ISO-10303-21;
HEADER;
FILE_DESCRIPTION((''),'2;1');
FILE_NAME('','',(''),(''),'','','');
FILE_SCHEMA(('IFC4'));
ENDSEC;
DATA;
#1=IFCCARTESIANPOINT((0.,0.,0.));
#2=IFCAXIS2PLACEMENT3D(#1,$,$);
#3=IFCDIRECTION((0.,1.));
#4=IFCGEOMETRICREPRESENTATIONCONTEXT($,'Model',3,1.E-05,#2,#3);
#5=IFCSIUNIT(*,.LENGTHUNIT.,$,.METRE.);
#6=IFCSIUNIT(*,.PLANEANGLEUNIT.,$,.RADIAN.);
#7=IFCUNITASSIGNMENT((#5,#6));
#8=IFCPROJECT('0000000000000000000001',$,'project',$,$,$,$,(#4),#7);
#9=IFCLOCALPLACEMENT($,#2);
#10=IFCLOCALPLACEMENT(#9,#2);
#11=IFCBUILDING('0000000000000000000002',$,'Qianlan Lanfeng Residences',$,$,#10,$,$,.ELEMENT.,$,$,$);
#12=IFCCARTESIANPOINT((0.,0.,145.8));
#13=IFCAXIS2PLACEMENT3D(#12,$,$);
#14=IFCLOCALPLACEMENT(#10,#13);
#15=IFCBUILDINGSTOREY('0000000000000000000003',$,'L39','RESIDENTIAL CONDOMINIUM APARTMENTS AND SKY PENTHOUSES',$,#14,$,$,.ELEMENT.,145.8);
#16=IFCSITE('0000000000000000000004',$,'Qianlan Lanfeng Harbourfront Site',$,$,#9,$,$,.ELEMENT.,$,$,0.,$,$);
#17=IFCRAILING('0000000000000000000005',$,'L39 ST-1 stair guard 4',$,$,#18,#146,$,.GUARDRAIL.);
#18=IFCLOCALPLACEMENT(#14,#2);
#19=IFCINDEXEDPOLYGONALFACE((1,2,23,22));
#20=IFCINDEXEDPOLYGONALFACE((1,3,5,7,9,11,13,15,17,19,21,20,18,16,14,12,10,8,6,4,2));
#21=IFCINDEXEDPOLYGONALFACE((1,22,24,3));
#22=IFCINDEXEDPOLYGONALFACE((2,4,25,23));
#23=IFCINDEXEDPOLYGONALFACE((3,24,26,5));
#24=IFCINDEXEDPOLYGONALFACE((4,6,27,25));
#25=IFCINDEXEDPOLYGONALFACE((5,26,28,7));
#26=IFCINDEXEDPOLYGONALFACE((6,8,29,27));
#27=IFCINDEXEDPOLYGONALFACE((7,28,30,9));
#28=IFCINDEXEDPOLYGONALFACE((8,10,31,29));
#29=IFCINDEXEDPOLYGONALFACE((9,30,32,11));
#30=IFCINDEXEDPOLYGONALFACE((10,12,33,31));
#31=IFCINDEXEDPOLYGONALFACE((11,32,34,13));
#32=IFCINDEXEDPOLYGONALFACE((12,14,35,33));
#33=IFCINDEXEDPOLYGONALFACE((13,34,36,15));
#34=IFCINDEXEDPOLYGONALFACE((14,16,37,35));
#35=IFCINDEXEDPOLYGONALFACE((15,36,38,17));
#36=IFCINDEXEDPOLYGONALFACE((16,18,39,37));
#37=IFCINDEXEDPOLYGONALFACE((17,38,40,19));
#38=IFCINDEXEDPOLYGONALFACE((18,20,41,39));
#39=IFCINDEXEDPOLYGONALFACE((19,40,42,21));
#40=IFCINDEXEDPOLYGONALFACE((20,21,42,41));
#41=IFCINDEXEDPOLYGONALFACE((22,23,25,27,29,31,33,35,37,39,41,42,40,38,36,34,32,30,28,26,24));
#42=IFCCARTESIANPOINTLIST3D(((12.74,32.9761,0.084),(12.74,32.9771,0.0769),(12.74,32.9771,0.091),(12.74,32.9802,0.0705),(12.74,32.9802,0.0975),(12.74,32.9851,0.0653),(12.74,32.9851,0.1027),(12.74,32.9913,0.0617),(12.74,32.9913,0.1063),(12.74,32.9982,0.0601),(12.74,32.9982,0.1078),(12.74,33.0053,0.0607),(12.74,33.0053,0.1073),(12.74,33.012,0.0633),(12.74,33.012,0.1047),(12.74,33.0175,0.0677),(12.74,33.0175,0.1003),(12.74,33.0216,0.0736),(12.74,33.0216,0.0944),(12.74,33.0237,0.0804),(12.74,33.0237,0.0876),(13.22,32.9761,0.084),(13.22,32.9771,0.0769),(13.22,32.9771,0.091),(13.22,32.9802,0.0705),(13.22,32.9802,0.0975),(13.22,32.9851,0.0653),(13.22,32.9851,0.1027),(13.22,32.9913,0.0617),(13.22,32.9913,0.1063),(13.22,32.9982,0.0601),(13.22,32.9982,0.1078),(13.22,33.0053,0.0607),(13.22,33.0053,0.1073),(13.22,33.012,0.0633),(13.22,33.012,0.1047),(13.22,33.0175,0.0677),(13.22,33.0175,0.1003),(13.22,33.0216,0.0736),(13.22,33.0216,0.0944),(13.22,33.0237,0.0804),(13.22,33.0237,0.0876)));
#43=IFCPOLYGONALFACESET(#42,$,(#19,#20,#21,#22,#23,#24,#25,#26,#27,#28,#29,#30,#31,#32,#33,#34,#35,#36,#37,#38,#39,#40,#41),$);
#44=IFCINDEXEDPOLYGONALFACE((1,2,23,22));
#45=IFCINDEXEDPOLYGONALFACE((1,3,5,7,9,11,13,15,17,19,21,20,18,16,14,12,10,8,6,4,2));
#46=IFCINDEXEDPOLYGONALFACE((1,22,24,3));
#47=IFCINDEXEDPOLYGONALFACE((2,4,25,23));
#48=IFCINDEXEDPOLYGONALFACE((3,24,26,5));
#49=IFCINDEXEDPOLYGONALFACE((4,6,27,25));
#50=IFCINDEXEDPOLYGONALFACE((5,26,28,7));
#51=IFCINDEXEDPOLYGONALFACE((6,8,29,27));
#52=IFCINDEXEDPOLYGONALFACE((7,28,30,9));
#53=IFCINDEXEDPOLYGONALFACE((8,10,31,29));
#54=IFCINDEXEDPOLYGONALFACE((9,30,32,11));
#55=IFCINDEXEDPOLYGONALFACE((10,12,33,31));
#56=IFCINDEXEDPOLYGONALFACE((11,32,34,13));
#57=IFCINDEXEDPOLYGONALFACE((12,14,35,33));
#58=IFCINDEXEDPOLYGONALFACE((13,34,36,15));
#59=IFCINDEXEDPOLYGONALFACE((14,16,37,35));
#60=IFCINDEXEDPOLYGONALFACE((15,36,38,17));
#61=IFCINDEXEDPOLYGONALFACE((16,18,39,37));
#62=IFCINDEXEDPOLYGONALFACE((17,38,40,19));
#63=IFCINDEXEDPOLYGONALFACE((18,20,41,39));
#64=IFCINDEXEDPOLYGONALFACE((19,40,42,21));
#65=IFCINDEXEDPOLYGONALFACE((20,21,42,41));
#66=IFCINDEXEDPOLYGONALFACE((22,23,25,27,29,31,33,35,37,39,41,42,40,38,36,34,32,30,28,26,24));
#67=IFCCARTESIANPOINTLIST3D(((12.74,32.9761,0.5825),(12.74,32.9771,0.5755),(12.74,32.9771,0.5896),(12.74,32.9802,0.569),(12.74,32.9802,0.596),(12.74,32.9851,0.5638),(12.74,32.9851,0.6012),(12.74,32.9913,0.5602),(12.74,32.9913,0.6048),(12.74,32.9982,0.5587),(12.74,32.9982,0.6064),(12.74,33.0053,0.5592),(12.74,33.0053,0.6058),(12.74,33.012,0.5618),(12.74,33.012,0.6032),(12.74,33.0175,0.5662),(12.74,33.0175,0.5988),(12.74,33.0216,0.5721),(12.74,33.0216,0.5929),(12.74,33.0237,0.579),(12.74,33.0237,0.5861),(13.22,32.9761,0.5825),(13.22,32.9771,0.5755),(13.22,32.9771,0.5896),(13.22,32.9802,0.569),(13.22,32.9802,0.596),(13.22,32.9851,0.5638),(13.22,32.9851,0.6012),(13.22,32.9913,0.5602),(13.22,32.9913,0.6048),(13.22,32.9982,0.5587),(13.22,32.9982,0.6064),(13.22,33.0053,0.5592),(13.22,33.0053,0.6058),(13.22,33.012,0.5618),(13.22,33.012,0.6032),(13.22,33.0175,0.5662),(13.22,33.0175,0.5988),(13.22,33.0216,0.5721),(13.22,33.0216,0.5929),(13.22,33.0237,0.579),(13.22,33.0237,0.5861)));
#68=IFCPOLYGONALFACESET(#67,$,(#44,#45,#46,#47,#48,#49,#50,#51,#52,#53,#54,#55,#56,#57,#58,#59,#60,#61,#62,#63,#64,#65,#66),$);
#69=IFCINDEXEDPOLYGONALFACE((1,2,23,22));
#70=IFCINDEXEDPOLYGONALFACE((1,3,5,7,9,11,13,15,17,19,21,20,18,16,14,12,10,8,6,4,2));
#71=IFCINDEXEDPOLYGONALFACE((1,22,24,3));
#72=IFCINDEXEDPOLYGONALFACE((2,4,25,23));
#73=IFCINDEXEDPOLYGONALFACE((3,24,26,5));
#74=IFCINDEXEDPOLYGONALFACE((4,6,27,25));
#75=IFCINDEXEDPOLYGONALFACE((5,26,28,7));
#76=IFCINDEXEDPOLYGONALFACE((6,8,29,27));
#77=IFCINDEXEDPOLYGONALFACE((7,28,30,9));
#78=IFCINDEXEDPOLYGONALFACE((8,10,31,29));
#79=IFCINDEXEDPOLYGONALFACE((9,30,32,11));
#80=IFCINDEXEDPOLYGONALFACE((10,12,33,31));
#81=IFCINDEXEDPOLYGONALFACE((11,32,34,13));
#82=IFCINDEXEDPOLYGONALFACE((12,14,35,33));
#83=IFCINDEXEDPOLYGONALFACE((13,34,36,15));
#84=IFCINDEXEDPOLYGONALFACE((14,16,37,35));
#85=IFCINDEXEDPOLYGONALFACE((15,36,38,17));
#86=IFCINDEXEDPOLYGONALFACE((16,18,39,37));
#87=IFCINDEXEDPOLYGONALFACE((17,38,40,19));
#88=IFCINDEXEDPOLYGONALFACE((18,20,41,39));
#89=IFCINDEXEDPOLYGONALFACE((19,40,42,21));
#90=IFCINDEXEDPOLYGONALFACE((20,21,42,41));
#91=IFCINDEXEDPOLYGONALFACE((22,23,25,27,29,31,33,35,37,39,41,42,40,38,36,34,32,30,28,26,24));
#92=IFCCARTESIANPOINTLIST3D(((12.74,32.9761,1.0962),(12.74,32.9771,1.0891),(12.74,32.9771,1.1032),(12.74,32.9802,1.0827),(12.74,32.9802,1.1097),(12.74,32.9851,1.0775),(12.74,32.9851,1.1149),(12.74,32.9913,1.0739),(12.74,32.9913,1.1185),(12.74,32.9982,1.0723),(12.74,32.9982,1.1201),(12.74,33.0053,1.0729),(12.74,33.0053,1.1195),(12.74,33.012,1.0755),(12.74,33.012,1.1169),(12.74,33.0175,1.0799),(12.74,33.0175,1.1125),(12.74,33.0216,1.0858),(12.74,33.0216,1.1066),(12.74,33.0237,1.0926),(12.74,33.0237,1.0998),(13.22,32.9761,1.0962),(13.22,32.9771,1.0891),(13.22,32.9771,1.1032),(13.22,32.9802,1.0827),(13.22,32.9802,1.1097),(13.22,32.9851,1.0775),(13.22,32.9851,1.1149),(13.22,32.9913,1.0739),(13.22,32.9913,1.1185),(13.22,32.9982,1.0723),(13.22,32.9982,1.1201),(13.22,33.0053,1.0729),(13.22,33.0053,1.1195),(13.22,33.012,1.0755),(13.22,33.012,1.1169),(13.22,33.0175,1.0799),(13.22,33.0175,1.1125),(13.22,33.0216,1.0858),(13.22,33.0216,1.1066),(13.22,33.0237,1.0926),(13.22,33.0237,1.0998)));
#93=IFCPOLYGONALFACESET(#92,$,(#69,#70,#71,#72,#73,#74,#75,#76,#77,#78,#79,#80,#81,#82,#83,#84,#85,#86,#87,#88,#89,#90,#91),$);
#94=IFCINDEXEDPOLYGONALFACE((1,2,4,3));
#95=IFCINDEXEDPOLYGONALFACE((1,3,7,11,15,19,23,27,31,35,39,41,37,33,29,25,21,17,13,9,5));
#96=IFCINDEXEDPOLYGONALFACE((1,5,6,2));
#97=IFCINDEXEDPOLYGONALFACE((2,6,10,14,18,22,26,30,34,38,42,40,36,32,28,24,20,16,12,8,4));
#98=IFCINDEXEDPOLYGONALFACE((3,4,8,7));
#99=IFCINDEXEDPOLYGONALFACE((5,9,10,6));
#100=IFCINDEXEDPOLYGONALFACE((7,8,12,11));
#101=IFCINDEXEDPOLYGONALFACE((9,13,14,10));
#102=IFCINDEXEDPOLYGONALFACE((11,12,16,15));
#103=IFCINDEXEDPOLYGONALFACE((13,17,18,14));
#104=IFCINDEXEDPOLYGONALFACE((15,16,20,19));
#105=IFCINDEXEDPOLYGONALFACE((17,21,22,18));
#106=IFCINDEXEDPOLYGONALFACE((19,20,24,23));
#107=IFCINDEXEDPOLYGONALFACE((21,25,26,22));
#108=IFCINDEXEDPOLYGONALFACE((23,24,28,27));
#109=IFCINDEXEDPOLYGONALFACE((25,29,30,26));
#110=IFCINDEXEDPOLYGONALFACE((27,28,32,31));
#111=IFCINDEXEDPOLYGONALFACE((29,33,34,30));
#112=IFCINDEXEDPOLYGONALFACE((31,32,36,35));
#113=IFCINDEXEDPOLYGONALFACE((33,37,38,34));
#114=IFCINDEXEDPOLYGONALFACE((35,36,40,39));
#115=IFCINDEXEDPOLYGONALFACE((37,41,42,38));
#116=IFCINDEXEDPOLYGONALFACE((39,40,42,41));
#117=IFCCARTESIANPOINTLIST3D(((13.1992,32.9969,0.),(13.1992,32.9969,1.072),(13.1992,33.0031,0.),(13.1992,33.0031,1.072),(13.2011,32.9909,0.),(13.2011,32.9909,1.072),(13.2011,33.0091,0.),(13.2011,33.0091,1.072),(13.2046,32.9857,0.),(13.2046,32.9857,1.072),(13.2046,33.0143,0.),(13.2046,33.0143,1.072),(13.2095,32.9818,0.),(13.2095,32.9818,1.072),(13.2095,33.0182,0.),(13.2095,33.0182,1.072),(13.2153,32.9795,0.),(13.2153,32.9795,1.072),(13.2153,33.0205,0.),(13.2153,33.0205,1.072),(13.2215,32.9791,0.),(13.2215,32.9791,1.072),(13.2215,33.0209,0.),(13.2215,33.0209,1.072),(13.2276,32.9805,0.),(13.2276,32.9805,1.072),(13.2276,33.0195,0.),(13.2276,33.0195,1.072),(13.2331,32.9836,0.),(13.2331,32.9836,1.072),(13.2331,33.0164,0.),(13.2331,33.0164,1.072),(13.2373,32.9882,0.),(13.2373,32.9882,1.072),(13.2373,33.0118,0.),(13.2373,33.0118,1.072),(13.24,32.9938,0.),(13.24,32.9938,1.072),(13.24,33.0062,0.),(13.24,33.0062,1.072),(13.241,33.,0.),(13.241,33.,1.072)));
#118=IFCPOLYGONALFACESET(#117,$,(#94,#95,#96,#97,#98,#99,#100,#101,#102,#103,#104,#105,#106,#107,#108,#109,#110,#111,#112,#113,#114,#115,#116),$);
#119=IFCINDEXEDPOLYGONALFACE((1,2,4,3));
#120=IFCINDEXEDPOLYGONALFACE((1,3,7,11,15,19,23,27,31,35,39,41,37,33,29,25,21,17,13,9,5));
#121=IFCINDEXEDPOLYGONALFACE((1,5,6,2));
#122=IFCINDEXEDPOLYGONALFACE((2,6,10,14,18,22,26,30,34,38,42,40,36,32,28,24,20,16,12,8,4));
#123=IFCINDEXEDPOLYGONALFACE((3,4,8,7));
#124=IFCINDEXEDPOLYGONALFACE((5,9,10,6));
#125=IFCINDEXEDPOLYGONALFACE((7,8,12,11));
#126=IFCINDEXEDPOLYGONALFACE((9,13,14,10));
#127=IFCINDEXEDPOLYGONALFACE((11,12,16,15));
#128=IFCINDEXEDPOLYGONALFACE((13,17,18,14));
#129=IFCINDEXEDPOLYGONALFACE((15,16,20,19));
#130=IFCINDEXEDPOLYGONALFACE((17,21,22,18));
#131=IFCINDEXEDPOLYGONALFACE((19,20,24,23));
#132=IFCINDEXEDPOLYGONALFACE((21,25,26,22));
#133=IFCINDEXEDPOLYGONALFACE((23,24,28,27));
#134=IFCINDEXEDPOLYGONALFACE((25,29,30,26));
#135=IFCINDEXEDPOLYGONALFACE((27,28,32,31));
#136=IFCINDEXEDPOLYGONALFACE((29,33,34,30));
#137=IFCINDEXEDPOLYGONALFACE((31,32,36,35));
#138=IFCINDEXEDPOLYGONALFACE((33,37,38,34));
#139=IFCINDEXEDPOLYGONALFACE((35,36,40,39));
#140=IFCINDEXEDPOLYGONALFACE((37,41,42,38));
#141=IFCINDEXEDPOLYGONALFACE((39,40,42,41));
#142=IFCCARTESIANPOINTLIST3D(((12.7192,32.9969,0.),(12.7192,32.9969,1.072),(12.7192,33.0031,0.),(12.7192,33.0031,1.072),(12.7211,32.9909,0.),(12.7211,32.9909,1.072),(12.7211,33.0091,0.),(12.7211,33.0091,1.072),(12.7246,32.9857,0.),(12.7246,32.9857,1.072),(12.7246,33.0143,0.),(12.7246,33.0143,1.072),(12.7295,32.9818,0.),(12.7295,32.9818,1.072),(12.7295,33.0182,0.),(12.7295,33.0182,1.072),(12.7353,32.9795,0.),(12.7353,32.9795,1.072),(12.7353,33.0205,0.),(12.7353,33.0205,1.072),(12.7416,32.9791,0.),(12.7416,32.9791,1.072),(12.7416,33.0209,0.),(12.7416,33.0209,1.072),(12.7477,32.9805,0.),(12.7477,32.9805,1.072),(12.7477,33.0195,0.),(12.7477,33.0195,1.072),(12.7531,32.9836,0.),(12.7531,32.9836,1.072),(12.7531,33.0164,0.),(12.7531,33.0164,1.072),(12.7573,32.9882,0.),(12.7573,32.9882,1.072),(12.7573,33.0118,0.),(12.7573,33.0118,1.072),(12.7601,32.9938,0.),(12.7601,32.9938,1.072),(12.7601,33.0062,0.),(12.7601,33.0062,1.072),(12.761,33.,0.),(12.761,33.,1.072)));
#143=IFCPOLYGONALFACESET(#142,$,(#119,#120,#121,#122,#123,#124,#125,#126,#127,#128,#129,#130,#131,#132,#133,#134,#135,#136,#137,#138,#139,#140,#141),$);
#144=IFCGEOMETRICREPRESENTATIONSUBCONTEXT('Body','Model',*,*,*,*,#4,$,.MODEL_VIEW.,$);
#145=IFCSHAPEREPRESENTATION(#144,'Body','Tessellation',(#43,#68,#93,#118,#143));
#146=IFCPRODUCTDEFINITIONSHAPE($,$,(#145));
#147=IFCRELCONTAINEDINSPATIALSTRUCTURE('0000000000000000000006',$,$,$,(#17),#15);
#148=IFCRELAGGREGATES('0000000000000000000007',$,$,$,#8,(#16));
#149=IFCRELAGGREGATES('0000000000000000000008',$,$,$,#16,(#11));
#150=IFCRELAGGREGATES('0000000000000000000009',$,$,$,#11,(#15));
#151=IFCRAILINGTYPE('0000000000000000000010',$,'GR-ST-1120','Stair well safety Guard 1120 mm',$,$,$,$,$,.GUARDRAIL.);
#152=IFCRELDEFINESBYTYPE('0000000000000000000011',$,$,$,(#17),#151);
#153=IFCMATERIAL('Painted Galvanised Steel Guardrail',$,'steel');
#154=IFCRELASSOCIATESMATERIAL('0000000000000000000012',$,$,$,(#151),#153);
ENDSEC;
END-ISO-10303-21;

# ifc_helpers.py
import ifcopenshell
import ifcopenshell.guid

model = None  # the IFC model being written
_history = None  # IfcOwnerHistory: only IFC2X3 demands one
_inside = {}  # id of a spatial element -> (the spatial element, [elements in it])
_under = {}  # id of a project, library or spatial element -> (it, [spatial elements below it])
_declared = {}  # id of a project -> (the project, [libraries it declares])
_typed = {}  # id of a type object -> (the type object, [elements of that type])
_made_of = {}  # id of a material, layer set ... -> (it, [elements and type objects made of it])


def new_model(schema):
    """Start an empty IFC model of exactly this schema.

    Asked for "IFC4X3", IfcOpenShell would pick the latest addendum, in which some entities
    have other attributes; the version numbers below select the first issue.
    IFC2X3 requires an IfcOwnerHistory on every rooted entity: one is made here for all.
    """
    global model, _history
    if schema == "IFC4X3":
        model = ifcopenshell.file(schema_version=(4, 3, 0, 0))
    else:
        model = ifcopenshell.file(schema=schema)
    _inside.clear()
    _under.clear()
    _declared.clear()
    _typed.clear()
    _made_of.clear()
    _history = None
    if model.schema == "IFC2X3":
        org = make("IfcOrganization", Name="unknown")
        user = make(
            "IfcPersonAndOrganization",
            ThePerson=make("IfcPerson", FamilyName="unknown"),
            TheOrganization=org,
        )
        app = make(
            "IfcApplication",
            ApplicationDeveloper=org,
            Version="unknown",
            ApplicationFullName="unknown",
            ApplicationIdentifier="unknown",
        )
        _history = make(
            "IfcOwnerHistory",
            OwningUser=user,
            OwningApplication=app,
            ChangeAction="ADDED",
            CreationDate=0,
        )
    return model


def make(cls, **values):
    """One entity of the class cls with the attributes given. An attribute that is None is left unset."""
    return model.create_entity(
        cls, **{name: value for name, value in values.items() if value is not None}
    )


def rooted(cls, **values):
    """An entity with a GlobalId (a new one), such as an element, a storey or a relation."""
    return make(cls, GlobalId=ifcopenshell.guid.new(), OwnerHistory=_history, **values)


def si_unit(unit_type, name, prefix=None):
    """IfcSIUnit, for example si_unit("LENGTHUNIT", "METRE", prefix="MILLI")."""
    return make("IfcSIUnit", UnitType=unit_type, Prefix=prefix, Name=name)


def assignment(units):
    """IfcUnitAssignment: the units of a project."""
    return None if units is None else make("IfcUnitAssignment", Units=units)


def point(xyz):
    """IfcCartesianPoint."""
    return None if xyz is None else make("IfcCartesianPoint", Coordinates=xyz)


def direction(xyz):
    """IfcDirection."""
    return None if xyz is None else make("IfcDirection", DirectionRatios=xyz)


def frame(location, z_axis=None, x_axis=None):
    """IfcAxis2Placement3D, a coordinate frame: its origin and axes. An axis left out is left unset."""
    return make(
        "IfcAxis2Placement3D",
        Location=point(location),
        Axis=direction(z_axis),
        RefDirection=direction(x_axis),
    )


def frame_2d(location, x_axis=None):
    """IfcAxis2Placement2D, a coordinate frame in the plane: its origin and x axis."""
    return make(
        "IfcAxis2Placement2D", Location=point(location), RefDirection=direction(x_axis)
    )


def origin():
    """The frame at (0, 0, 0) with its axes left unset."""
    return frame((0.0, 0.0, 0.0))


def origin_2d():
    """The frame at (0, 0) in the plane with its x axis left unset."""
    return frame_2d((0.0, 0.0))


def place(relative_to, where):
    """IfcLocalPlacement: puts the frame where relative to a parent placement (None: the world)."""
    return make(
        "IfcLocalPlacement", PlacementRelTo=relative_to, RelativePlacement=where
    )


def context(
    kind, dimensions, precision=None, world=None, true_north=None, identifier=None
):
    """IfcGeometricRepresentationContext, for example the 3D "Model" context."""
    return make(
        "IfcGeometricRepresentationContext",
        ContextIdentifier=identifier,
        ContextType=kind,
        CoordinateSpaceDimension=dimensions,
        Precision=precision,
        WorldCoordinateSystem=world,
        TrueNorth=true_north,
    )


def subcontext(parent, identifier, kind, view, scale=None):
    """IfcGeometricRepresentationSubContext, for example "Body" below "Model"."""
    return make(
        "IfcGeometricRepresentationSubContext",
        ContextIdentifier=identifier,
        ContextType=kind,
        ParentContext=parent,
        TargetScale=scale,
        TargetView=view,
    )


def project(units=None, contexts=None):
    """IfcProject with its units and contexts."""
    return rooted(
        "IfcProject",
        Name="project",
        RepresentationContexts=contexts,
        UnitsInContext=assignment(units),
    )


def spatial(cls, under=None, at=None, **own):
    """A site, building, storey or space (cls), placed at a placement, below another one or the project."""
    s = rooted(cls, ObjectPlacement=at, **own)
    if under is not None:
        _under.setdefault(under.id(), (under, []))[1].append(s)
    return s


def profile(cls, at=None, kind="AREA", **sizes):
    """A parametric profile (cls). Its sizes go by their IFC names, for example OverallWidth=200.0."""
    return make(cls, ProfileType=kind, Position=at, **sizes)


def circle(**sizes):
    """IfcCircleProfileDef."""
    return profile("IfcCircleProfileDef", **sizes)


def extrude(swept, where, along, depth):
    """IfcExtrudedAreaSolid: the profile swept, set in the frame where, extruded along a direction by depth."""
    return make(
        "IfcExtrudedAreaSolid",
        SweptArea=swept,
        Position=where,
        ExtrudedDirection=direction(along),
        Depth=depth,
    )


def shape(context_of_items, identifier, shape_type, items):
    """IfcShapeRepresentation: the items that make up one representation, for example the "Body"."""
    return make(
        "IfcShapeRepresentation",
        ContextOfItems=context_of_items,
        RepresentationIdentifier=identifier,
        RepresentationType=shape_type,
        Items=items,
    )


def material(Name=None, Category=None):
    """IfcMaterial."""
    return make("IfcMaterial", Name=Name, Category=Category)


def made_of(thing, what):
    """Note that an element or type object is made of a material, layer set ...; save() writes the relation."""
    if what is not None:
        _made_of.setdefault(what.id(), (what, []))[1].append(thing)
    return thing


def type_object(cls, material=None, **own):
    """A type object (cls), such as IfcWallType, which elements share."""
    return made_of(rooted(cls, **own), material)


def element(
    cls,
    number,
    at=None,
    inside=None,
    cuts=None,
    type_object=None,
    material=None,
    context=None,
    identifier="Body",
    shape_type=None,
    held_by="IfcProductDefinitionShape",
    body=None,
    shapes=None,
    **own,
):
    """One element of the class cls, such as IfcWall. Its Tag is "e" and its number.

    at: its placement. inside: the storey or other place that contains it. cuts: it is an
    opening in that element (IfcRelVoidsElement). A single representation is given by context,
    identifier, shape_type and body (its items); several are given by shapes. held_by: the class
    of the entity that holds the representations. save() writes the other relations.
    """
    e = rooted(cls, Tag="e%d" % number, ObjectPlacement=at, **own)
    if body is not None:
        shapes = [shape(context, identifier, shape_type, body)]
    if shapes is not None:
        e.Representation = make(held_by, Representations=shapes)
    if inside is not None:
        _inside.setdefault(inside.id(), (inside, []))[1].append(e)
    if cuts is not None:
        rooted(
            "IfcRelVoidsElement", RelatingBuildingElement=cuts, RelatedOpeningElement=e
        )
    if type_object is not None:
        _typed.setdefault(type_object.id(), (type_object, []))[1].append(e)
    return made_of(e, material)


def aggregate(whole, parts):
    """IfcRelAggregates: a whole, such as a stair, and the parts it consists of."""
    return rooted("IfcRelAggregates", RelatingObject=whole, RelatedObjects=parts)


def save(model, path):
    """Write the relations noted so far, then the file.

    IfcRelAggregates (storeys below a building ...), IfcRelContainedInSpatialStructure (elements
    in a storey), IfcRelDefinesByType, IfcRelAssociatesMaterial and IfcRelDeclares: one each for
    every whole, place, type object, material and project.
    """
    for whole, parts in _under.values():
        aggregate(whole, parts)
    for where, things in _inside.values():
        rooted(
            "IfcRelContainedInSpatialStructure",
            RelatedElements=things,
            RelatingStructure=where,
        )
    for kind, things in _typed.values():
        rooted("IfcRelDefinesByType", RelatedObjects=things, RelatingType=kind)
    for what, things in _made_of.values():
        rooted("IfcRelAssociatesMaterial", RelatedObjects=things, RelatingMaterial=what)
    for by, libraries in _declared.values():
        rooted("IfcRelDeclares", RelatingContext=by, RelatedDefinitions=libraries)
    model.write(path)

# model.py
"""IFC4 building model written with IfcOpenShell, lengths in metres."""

from ifc_helpers import new_model, si_unit, direction, frame, origin, origin_2d, place, context, subcontext, project, spatial, circle, extrude, material, type_object, element, save


model = new_model("IFC4")

# Units and contexts
model_context = context("Model", 3, precision=1e-05, world=origin(), true_north=direction((0.0, 1.0)))
body_context = subcontext(model_context, "Body", "Model", "MODEL_VIEW")
ifc_project = project(units=[si_unit("LENGTHUNIT", "METRE"), si_unit("PLANEANGLEUNIT", "RADIAN")], contexts=[model_context])

# Site, building, storey
site_placement = place(None, origin())
site = spatial("IfcSite", under=ifc_project, at=site_placement, Name="Qianlan Lanfeng Harbourfront Site", CompositionType="ELEMENT", RefElevation=0.0)
building_placement = place(site_placement, origin())
building = spatial("IfcBuilding", under=site, at=building_placement, Name="Qianlan Lanfeng Residences", CompositionType="ELEMENT")
storey_placement = place(building_placement, frame((0.0, 0.0, 145.8)))
storey = spatial("IfcBuildingStorey", under=building, at=storey_placement, Name="L39", Description="RESIDENTIAL CONDOMINIUM APARTMENTS AND SKY PENTHOUSES", CompositionType="ELEMENT", Elevation=145.8)

# Railing
ifc_material_1 = material(Name="Painted Galvanised Steel Guardrail", Category="steel")
railing_type_1 = type_object("IfcRailingType", Name="GR-ST-1120", Description="Stair well safety Guard 1120 mm", PredefinedType="GUARDRAIL", material=ifc_material_1)
railing_1_placement = place(storey_placement, frame((13.22, 33.0, 0.0)))
element("IfcRailing", 1, at=railing_1_placement, inside=storey, type_object=railing_type_1, Name="L39 ST-1 stair guard 4", PredefinedType="GUARDRAIL", context=body_context, shape_type="SweptSolid", body=[
    extrude(circle(Radius=0.0239, at=origin_2d()), frame((0.0, 0.0, 0.084), z_axis=(-1.0, 0.0, 0.0), x_axis=(0.0, -1.0, 0.0)), (0.0, 0.0, 1.0), 0.48),
    extrude(circle(Radius=0.0239, at=origin_2d()), frame((0.0, 0.0, 0.5825), z_axis=(-1.0, 0.0, 0.0), x_axis=(0.0, -1.0, 0.0)), (0.0, 0.0, 1.0), 0.48),
    extrude(circle(Radius=0.0239, at=origin_2d()), frame((0.0, 0.0, 1.0962), z_axis=(-1.0, 0.0, 0.0), x_axis=(0.0, -1.0, 0.0)), (0.0, 0.0, 1.0), 0.48),
    extrude(circle(Radius=0.021, at=origin_2d()), origin(), (0.0, 0.0, 1.0), 1.072),
    extrude(circle(Radius=0.021, at=origin_2d()), frame((-0.48, 0.0, 0.0)), (0.0, 0.0, 1.0), 1.072),
])

save(model, "model.ifc")
